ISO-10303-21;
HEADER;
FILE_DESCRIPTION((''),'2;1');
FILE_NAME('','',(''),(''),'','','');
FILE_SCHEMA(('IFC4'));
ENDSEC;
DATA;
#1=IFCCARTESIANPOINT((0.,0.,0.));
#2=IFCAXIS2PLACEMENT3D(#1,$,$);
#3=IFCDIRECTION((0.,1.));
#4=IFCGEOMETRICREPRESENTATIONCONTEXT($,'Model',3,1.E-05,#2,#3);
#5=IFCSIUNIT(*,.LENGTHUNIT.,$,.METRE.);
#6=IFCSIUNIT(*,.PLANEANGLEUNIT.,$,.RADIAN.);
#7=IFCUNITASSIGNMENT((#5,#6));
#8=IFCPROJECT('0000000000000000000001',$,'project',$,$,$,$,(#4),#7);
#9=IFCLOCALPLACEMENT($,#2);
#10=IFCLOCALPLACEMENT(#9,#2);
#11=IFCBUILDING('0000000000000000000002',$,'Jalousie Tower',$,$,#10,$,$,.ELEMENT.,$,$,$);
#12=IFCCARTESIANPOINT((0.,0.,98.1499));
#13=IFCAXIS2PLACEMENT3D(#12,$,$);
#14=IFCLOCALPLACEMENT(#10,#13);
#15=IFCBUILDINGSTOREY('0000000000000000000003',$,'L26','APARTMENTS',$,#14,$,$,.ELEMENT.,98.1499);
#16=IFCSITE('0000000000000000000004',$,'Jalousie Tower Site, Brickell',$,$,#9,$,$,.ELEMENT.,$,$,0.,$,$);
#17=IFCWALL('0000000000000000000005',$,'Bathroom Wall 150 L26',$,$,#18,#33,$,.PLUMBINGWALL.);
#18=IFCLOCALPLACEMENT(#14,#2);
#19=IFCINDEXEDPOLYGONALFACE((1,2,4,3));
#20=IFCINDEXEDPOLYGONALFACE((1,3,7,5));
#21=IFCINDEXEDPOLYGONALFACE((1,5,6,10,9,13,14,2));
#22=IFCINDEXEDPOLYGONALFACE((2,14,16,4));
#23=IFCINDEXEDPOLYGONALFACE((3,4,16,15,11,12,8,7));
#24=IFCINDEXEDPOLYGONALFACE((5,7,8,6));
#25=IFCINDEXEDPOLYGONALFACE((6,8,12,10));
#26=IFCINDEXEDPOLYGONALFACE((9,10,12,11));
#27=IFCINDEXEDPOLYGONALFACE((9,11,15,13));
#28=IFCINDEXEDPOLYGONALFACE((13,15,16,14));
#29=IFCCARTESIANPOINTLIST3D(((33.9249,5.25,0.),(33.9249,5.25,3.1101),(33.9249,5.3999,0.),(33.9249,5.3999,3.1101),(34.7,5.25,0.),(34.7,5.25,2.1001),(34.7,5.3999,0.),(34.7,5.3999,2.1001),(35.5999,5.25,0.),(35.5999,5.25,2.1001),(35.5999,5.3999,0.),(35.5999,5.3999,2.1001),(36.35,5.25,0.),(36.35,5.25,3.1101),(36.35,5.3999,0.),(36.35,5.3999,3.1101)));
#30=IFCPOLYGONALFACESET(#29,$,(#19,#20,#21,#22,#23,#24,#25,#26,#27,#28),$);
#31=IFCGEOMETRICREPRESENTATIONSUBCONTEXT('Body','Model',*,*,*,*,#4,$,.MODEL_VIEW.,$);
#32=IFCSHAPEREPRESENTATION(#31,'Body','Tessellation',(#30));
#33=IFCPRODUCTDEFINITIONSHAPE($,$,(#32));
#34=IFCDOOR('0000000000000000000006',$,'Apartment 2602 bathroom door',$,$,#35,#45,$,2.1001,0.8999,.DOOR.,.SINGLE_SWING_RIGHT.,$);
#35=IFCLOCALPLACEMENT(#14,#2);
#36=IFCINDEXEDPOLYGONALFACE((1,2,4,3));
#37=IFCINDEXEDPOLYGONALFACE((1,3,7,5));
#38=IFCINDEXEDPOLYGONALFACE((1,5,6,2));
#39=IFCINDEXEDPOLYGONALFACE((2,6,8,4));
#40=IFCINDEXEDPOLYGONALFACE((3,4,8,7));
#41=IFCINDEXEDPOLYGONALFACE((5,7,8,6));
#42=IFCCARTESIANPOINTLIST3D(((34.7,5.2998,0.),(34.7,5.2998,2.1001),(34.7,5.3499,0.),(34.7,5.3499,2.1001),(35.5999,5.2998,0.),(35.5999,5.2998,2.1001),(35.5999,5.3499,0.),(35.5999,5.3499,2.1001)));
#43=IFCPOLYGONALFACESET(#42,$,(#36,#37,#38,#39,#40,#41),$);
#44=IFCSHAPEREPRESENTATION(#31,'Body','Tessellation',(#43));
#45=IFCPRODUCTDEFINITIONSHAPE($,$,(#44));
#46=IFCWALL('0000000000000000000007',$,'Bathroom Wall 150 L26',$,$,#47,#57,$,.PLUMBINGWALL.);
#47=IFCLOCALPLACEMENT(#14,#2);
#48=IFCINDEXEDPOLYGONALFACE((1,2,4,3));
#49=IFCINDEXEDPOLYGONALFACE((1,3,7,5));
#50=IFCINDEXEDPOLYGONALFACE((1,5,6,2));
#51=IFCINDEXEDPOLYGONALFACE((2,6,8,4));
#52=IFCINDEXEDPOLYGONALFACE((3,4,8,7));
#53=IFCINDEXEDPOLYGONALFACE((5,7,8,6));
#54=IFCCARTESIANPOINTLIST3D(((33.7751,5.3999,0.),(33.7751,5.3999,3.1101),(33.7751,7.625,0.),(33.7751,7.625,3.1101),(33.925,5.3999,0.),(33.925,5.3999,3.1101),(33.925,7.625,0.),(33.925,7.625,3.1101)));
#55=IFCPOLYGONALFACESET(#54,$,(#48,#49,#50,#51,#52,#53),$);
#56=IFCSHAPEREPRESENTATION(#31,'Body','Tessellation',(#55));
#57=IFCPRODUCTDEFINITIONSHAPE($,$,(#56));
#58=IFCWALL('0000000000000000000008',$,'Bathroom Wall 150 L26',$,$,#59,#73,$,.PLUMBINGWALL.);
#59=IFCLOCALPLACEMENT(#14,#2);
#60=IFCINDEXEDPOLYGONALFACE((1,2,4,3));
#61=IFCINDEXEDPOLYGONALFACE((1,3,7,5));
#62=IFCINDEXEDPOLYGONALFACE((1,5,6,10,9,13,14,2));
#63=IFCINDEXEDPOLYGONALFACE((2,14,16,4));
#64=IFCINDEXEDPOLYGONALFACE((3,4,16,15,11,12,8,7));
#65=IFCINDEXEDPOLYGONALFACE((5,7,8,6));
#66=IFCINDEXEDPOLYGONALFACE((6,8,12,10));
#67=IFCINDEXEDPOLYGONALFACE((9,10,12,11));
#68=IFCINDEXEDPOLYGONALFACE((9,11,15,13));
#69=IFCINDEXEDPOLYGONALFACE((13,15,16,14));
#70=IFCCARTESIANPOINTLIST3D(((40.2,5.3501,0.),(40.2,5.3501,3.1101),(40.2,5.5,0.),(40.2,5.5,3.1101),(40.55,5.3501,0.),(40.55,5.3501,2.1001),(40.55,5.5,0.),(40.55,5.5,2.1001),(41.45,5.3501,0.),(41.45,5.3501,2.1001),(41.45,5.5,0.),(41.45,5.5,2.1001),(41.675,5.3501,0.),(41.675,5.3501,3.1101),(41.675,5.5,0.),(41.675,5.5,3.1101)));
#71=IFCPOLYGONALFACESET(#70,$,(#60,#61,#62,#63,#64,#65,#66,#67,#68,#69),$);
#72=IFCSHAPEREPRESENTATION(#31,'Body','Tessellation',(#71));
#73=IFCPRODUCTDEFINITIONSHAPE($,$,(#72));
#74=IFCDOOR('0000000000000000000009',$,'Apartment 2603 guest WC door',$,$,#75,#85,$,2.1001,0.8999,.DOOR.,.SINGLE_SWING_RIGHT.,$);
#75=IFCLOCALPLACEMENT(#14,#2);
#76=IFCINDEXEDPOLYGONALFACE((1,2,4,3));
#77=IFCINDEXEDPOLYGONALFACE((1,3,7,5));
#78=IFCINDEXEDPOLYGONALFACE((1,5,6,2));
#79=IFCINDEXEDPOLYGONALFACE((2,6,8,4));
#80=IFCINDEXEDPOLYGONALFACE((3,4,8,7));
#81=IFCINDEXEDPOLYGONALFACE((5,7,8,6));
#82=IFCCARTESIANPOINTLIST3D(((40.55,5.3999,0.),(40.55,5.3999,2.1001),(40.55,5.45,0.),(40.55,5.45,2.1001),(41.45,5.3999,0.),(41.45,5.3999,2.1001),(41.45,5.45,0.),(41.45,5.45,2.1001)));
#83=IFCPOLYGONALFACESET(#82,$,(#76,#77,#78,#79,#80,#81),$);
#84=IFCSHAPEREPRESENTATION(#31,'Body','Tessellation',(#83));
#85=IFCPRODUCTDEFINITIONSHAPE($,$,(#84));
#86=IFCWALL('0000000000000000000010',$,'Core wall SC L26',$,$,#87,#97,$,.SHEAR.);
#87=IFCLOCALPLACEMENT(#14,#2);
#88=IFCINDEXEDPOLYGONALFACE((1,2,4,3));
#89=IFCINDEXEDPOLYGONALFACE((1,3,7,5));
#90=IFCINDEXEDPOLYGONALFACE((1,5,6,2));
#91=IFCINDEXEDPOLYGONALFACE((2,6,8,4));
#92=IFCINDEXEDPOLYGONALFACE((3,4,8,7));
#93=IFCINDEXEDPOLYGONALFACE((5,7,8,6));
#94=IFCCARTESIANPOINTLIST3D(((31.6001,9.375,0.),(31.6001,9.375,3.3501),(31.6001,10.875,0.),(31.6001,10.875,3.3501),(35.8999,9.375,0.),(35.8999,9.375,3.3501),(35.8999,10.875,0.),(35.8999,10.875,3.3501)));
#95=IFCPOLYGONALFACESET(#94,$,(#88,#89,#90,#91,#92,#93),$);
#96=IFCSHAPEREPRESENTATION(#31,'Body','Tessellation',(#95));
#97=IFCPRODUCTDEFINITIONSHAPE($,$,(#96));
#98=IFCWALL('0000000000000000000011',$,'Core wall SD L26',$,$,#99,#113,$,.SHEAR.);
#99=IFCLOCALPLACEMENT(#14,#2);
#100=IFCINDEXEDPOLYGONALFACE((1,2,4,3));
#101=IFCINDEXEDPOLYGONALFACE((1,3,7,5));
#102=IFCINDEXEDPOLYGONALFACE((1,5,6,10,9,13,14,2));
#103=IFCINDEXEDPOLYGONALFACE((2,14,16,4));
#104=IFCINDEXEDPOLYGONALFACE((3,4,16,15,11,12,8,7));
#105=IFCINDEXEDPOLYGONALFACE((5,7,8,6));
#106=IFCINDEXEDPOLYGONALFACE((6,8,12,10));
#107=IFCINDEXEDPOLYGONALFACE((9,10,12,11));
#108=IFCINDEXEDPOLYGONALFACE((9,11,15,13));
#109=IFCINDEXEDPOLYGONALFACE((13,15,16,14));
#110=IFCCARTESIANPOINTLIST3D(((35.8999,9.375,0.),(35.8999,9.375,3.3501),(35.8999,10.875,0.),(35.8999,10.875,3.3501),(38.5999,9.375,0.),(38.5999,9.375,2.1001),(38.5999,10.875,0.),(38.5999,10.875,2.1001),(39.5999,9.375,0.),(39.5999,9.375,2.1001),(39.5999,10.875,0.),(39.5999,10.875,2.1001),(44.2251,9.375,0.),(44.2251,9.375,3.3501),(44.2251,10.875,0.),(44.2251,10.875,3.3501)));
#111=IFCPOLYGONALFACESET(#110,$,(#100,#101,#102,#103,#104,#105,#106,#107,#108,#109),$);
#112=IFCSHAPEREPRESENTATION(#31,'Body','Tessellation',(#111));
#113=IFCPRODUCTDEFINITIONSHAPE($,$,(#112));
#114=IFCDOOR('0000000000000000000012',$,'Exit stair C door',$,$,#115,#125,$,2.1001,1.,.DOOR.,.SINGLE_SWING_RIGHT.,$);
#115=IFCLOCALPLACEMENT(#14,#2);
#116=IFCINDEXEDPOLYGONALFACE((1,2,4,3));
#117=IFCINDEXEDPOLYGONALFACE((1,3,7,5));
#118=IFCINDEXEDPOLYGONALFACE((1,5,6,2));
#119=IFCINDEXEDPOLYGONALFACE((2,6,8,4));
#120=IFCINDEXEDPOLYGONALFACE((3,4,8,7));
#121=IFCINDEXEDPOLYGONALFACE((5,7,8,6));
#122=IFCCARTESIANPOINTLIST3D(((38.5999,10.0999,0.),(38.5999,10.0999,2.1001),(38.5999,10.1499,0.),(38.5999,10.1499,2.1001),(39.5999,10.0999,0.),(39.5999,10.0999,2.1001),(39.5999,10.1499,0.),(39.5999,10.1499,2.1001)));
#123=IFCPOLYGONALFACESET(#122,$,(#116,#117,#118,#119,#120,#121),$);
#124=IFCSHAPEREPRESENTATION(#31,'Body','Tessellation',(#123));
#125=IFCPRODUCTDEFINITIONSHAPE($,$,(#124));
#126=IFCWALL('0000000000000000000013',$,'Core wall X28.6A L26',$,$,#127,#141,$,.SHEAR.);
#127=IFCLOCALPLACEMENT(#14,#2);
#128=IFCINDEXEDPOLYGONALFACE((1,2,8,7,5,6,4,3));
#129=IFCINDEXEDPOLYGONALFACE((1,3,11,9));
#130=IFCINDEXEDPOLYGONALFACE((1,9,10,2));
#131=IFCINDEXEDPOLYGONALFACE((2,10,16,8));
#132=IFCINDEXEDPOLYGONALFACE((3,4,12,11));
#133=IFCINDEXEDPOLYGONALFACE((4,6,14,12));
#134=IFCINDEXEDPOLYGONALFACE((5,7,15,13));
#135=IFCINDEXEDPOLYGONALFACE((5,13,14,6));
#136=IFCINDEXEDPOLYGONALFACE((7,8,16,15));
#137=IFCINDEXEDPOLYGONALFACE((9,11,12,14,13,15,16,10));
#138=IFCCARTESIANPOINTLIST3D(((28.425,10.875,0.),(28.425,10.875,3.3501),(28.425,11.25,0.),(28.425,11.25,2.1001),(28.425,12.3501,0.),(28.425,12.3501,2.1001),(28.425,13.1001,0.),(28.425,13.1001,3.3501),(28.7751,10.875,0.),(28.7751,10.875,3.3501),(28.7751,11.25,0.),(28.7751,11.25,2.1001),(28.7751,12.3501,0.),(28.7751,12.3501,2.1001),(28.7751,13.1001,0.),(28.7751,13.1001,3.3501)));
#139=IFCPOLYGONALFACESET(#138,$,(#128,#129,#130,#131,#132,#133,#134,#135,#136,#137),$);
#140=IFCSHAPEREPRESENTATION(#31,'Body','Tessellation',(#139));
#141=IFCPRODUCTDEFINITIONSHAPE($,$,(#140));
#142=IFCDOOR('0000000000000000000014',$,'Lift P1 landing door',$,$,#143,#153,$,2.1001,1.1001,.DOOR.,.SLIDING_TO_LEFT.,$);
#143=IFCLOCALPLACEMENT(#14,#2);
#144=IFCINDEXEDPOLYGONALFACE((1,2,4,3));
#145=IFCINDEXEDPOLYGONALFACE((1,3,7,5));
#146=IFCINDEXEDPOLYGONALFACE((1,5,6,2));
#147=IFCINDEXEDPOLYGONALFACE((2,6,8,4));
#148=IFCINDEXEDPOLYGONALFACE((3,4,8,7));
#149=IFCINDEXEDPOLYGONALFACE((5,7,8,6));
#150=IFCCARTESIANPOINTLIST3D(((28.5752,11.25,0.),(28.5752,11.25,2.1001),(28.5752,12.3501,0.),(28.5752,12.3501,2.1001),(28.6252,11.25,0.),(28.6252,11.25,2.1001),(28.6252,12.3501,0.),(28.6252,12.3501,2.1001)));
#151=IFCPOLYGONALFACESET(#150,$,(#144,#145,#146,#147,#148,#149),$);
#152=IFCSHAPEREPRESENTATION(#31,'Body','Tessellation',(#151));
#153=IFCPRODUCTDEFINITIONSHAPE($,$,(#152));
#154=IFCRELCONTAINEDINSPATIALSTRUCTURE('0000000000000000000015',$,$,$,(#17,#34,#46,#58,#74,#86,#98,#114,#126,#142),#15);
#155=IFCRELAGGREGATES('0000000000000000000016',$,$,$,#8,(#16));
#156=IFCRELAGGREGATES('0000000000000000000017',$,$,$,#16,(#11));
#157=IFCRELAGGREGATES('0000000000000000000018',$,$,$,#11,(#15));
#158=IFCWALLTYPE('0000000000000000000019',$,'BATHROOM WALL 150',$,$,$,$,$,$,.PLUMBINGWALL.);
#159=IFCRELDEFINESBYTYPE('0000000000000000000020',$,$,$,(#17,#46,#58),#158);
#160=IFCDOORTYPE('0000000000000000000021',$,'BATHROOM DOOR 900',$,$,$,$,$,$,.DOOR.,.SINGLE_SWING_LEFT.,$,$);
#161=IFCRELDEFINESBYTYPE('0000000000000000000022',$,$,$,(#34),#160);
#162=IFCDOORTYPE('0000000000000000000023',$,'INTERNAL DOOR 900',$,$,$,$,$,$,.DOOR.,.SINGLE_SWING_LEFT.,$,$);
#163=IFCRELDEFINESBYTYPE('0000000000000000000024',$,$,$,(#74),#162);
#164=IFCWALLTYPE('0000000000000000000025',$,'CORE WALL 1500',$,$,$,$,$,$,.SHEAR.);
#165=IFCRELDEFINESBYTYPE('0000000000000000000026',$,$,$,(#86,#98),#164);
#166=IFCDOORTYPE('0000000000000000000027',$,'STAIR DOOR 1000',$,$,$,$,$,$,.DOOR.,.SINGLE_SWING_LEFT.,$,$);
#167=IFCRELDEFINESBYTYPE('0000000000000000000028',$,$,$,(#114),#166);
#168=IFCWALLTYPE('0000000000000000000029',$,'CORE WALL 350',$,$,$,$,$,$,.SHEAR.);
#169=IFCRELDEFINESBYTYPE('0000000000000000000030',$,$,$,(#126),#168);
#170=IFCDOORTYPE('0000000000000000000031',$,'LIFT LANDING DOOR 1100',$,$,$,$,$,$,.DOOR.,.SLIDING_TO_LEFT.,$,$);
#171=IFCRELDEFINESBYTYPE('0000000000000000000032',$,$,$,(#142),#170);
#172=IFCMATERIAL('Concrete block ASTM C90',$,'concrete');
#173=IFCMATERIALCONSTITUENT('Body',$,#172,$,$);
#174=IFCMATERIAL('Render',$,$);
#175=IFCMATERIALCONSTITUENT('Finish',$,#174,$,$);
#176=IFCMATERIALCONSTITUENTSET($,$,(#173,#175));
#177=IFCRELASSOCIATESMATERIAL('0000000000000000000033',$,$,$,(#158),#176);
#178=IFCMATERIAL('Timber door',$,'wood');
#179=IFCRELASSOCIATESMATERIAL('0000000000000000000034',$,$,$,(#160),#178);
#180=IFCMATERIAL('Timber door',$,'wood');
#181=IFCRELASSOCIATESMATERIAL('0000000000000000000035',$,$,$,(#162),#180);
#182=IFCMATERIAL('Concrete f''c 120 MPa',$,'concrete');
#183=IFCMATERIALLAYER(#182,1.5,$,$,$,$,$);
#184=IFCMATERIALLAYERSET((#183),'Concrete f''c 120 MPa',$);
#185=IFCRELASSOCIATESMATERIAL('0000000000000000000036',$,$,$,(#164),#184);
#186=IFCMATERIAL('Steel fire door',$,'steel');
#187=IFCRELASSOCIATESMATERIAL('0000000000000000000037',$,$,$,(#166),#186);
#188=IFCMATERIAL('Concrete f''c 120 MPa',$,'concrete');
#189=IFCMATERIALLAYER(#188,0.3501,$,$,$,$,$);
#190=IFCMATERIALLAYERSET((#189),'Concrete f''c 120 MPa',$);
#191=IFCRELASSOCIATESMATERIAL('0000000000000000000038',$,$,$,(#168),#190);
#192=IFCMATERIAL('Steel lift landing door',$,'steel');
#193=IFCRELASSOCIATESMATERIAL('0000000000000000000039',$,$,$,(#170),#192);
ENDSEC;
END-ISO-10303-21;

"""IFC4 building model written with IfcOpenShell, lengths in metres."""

from ifc_helpers import new_model, si_unit, direction, frame, frame_2d, origin, place, context, subcontext, project, spatial, rectangle, extrude, material, layer, layer_set, constituent, constituent_set, type_object, element, fill, save


model = new_model("IFC4")

# Units and contexts
model_context = context("Model", 3, precision=1e-05, world=origin(), true_north=direction((0.0, 1.0)))
body_context = subcontext(model_context, "Body", "Model", "MODEL_VIEW")
ifc_project = project(units=[si_unit("LENGTHUNIT", "METRE"), si_unit("PLANEANGLEUNIT", "RADIAN")], contexts=[model_context])

# Site, building, storey
site_placement = place(None, origin())
site = spatial("IfcSite", under=ifc_project, at=site_placement, Name="Jalousie Tower Site, Brickell", CompositionType="ELEMENT", RefElevation=0.0)
building_placement = place(site_placement, origin())
building = spatial("IfcBuilding", under=site, at=building_placement, Name="Jalousie Tower", CompositionType="ELEMENT")
storey_placement = place(building_placement, frame((0.0, 0.0, 98.1499)))
storey = spatial("IfcBuildingStorey", under=building, at=storey_placement, Name="L26", Description="APARTMENTS", CompositionType="ELEMENT", Elevation=98.1499)

# Wall, opening, door
ifc_material_1 = material(Name="Concrete block ASTM C90", Category="concrete")
ifc_constituent_1 = constituent(ifc_material_1, Name="Body")
ifc_material_2 = material(Name="Render")
ifc_constituent_2 = constituent(ifc_material_2, Name="Finish")
ifc_constituent_set_1 = constituent_set(constituents=[ifc_constituent_1, ifc_constituent_2])
wall_type_1 = type_object("IfcWallType", Name="BATHROOM WALL 150", PredefinedType="PLUMBINGWALL", material=ifc_constituent_set_1)
wall_1_placement = place(storey_placement, frame((33.925, 5.325, 0.0), z_axis=(0.0, 0.0, 1.0), x_axis=(1.0, 0.0, 0.0)))
wall_1 = element("IfcWall", 1, at=wall_1_placement, inside=storey, type_object=wall_type_1, Name="Bathroom Wall 150 L26", PredefinedType="PLUMBINGWALL", context=body_context, shape_type="SweptSolid", body=[
    extrude(rectangle(XDim=2.425, YDim=0.1499, at=frame_2d((1.2124, 0.0))), origin(), (0.0, 0.0, 1.0), 3.1101),
])
opening_1_placement = place(wall_1_placement, frame((0.7749, 0.0, 0.0)))
opening_1 = element("IfcOpeningElement", 2, at=opening_1_placement, cuts=wall_1, PredefinedType="OPENING", context=body_context, shape_type="SweptSolid", body=[
    extrude(rectangle(XDim=0.8999, YDim=2.1001, at=frame_2d((0.45, 1.05))), frame((0.0, 0.085, 0.0), z_axis=(0.0, -1.0, 0.0), x_axis=(1.0, 0.0, 0.0)), (0.0, 0.0, 1.0), 0.1699),
])
ifc_material_3 = material(Name="Timber door", Category="wood")
door_type_1 = type_object("IfcDoorType", Name="BATHROOM DOOR 900", OperationType="SINGLE_SWING_LEFT", PredefinedType="DOOR", material=ifc_material_3)
door_1_placement = place(opening_1_placement, origin())
door_1 = element("IfcDoor", 3, at=door_1_placement, inside=storey, type_object=door_type_1, Name="Apartment 2602 bathroom door", OperationType="SINGLE_SWING_RIGHT", OverallHeight=2.1001, OverallWidth=0.8999, PredefinedType="DOOR", context=body_context, shape_type="SweptSolid", body=[
    extrude(rectangle(XDim=0.8999, YDim=2.1001, at=frame_2d((0.45, 1.05))), frame((0.0, 0.0249, 0.0), z_axis=(0.0, -1.0, 0.0), x_axis=(1.0, 0.0, 0.0)), (0.0, 0.0, 1.0), 0.05),
])
fill(opening_1, door_1)

# Wall
wall_2_placement = place(storey_placement, frame((33.8501, 5.3999, 0.0), z_axis=(0.0, 0.0, 1.0), x_axis=(0.0, 1.0, 0.0)))
element("IfcWall", 4, at=wall_2_placement, inside=storey, type_object=wall_type_1, Name="Bathroom Wall 150 L26", PredefinedType="PLUMBINGWALL", context=body_context, shape_type="SweptSolid", body=[
    extrude(rectangle(XDim=2.2251, YDim=0.1499, at=frame_2d((1.1125, 0.0))), origin(), (0.0, 0.0, 1.0), 3.1101),
])

# Wall, opening, door
wall_3_placement = place(storey_placement, frame((40.2, 5.425, 0.0), z_axis=(0.0, 0.0, 1.0), x_axis=(1.0, 0.0, 0.0)))
wall_3 = element("IfcWall", 5, at=wall_3_placement, inside=storey, type_object=wall_type_1, Name="Bathroom Wall 150 L26", PredefinedType="PLUMBINGWALL", context=body_context, shape_type="SweptSolid", body=[
    extrude(rectangle(XDim=1.4751, YDim=0.1499, at=frame_2d((0.7375, 0.0))), origin(), (0.0, 0.0, 1.0), 3.1101),
])
opening_2_placement = place(wall_3_placement, frame((0.3501, 0.0, 0.0)))
opening_2 = element("IfcOpeningElement", 6, at=opening_2_placement, cuts=wall_3, PredefinedType="OPENING", context=body_context, shape_type="SweptSolid", body=[
    extrude(rectangle(XDim=0.8999, YDim=2.1001, at=frame_2d((0.45, 1.05))), frame((0.0, 0.085, 0.0), z_axis=(0.0, -1.0, 0.0), x_axis=(1.0, 0.0, 0.0)), (0.0, 0.0, 1.0), 0.1699),
])
ifc_material_4 = material(Name="Timber door", Category="wood")
door_type_2 = type_object("IfcDoorType", Name="INTERNAL DOOR 900", OperationType="SINGLE_SWING_LEFT", PredefinedType="DOOR", material=ifc_material_4)
door_2_placement = place(opening_2_placement, origin())
door_2 = element("IfcDoor", 7, at=door_2_placement, inside=storey, type_object=door_type_2, Name="Apartment 2603 guest WC door", OperationType="SINGLE_SWING_RIGHT", OverallHeight=2.1001, OverallWidth=0.8999, PredefinedType="DOOR", context=body_context, shape_type="SweptSolid", body=[
    extrude(rectangle(XDim=0.8999, YDim=2.1001, at=frame_2d((0.45, 1.05))), frame((0.0, 0.0249, 0.0), z_axis=(0.0, -1.0, 0.0), x_axis=(1.0, 0.0, 0.0)), (0.0, 0.0, 1.0), 0.05),
])
fill(opening_2, door_2)

# Wall
ifc_material_5 = material(Name="Concrete f'c 120 MPa", Category="concrete")
ifc_layer_1 = layer(ifc_material_5, 1.5)
ifc_layer_set_1 = layer_set([ifc_layer_1], Name="Concrete f'c 120 MPa")
wall_type_2 = type_object("IfcWallType", Name="CORE WALL 1500", PredefinedType="SHEAR", material=ifc_layer_set_1)
wall_4_placement = place(storey_placement, frame((31.6001, 10.125, 0.0), z_axis=(0.0, 0.0, 1.0), x_axis=(1.0, 0.0, 0.0)))
element("IfcWall", 8, at=wall_4_placement, inside=storey, type_object=wall_type_2, Name="Core wall SC L26", PredefinedType="SHEAR", context=body_context, shape_type="SweptSolid", body=[
    extrude(rectangle(XDim=4.2998, YDim=1.5, at=frame_2d((2.1499, 0.0))), origin(), (0.0, 0.0, 1.0), 3.3501),
])

# Walls, openings, doors
wall_5_placement = place(storey_placement, frame((35.8999, 10.125, 0.0), z_axis=(0.0, 0.0, 1.0), x_axis=(1.0, 0.0, 0.0)))
wall_5 = element("IfcWall", 9, at=wall_5_placement, inside=storey, type_object=wall_type_2, Name="Core wall SD L26", PredefinedType="SHEAR", context=body_context, shape_type="SweptSolid", body=[
    extrude(rectangle(XDim=8.3252, YDim=1.5, at=frame_2d((4.1626, 0.0))), origin(), (0.0, 0.0, 1.0), 3.3501),
])
opening_3_placement = place(wall_5_placement, frame((2.7, 0.0, 0.0)))
opening_3 = element("IfcOpeningElement", 10, at=opening_3_placement, cuts=wall_5, PredefinedType="OPENING", context=body_context, shape_type="SweptSolid", body=[
    extrude(rectangle(XDim=1.0, YDim=2.1001, at=frame_2d((0.5, 1.05))), frame((0.0, 0.76, 0.0), z_axis=(0.0, -1.0, 0.0), x_axis=(1.0, 0.0, 0.0)), (0.0, 0.0, 1.0), 1.52),
])
ifc_material_6 = material(Name="Steel fire door", Category="steel")
door_type_3 = type_object("IfcDoorType", Name="STAIR DOOR 1000", OperationType="SINGLE_SWING_LEFT", PredefinedType="DOOR", material=ifc_material_6)
door_3_placement = place(opening_3_placement, origin())
door_3 = element("IfcDoor", 11, at=door_3_placement, inside=storey, type_object=door_type_3, Name="Exit stair C door", OperationType="SINGLE_SWING_RIGHT", OverallHeight=2.1001, OverallWidth=1.0, PredefinedType="DOOR", context=body_context, shape_type="SweptSolid", body=[
    extrude(rectangle(XDim=1.0, YDim=2.1001, at=frame_2d((0.5, 1.05))), frame((0.0, 0.0249, 0.0), z_axis=(0.0, -1.0, 0.0), x_axis=(1.0, 0.0, 0.0)), (0.0, 0.0, 1.0), 0.05),
])
fill(opening_3, door_3)
ifc_material_7 = material(Name="Concrete f'c 120 MPa", Category="concrete")
ifc_layer_2 = layer(ifc_material_7, 0.3501)
ifc_layer_set_2 = layer_set([ifc_layer_2], Name="Concrete f'c 120 MPa")
wall_type_3 = type_object("IfcWallType", Name="CORE WALL 350", PredefinedType="SHEAR", material=ifc_layer_set_2)
wall_6_placement = place(storey_placement, frame((28.6001, 10.875, 0.0), z_axis=(0.0, 0.0, 1.0), x_axis=(0.0, 1.0, 0.0)))
wall_6 = element("IfcWall", 12, at=wall_6_placement, inside=storey, type_object=wall_type_3, Name="Core wall X28.6A L26", PredefinedType="SHEAR", context=body_context, shape_type="SweptSolid", body=[
    extrude(rectangle(XDim=2.2251, YDim=0.3501, at=frame_2d((1.1125, 0.0))), origin(), (0.0, 0.0, 1.0), 3.3501),
])
opening_4_placement = place(wall_6_placement, frame((0.375, 0.0, 0.0)))
opening_4 = element("IfcOpeningElement", 13, at=opening_4_placement, cuts=wall_6, PredefinedType="OPENING", context=body_context, shape_type="SweptSolid", body=[
    extrude(rectangle(XDim=1.1001, YDim=2.1001, at=frame_2d((0.55, 1.05))), frame((0.0, 0.1851, 0.0), z_axis=(0.0, -1.0, 0.0), x_axis=(1.0, 0.0, 0.0)), (0.0, 0.0, 1.0), 0.3701),
])
ifc_material_8 = material(Name="Steel lift landing door", Category="steel")
door_type_4 = type_object("IfcDoorType", Name="LIFT LANDING DOOR 1100", OperationType="SLIDING_TO_LEFT", PredefinedType="DOOR", material=ifc_material_8)
door_4_placement = place(opening_4_placement, origin())
door_4 = element("IfcDoor", 14, at=door_4_placement, inside=storey, type_object=door_type_4, Name="Lift P1 landing door", OperationType="SLIDING_TO_LEFT", OverallHeight=2.1001, OverallWidth=1.1001, PredefinedType="DOOR", context=body_context, shape_type="SweptSolid", body=[
    extrude(rectangle(XDim=1.1001, YDim=2.1001, at=frame_2d((0.55, 1.05))), frame((0.0, 0.0249, 0.0), z_axis=(0.0, -1.0, 0.0), x_axis=(1.0, 0.0, 0.0)), (0.0, 0.0, 1.0), 0.05),
])
fill(opening_4, door_4)

save(model, "model.ifc")
